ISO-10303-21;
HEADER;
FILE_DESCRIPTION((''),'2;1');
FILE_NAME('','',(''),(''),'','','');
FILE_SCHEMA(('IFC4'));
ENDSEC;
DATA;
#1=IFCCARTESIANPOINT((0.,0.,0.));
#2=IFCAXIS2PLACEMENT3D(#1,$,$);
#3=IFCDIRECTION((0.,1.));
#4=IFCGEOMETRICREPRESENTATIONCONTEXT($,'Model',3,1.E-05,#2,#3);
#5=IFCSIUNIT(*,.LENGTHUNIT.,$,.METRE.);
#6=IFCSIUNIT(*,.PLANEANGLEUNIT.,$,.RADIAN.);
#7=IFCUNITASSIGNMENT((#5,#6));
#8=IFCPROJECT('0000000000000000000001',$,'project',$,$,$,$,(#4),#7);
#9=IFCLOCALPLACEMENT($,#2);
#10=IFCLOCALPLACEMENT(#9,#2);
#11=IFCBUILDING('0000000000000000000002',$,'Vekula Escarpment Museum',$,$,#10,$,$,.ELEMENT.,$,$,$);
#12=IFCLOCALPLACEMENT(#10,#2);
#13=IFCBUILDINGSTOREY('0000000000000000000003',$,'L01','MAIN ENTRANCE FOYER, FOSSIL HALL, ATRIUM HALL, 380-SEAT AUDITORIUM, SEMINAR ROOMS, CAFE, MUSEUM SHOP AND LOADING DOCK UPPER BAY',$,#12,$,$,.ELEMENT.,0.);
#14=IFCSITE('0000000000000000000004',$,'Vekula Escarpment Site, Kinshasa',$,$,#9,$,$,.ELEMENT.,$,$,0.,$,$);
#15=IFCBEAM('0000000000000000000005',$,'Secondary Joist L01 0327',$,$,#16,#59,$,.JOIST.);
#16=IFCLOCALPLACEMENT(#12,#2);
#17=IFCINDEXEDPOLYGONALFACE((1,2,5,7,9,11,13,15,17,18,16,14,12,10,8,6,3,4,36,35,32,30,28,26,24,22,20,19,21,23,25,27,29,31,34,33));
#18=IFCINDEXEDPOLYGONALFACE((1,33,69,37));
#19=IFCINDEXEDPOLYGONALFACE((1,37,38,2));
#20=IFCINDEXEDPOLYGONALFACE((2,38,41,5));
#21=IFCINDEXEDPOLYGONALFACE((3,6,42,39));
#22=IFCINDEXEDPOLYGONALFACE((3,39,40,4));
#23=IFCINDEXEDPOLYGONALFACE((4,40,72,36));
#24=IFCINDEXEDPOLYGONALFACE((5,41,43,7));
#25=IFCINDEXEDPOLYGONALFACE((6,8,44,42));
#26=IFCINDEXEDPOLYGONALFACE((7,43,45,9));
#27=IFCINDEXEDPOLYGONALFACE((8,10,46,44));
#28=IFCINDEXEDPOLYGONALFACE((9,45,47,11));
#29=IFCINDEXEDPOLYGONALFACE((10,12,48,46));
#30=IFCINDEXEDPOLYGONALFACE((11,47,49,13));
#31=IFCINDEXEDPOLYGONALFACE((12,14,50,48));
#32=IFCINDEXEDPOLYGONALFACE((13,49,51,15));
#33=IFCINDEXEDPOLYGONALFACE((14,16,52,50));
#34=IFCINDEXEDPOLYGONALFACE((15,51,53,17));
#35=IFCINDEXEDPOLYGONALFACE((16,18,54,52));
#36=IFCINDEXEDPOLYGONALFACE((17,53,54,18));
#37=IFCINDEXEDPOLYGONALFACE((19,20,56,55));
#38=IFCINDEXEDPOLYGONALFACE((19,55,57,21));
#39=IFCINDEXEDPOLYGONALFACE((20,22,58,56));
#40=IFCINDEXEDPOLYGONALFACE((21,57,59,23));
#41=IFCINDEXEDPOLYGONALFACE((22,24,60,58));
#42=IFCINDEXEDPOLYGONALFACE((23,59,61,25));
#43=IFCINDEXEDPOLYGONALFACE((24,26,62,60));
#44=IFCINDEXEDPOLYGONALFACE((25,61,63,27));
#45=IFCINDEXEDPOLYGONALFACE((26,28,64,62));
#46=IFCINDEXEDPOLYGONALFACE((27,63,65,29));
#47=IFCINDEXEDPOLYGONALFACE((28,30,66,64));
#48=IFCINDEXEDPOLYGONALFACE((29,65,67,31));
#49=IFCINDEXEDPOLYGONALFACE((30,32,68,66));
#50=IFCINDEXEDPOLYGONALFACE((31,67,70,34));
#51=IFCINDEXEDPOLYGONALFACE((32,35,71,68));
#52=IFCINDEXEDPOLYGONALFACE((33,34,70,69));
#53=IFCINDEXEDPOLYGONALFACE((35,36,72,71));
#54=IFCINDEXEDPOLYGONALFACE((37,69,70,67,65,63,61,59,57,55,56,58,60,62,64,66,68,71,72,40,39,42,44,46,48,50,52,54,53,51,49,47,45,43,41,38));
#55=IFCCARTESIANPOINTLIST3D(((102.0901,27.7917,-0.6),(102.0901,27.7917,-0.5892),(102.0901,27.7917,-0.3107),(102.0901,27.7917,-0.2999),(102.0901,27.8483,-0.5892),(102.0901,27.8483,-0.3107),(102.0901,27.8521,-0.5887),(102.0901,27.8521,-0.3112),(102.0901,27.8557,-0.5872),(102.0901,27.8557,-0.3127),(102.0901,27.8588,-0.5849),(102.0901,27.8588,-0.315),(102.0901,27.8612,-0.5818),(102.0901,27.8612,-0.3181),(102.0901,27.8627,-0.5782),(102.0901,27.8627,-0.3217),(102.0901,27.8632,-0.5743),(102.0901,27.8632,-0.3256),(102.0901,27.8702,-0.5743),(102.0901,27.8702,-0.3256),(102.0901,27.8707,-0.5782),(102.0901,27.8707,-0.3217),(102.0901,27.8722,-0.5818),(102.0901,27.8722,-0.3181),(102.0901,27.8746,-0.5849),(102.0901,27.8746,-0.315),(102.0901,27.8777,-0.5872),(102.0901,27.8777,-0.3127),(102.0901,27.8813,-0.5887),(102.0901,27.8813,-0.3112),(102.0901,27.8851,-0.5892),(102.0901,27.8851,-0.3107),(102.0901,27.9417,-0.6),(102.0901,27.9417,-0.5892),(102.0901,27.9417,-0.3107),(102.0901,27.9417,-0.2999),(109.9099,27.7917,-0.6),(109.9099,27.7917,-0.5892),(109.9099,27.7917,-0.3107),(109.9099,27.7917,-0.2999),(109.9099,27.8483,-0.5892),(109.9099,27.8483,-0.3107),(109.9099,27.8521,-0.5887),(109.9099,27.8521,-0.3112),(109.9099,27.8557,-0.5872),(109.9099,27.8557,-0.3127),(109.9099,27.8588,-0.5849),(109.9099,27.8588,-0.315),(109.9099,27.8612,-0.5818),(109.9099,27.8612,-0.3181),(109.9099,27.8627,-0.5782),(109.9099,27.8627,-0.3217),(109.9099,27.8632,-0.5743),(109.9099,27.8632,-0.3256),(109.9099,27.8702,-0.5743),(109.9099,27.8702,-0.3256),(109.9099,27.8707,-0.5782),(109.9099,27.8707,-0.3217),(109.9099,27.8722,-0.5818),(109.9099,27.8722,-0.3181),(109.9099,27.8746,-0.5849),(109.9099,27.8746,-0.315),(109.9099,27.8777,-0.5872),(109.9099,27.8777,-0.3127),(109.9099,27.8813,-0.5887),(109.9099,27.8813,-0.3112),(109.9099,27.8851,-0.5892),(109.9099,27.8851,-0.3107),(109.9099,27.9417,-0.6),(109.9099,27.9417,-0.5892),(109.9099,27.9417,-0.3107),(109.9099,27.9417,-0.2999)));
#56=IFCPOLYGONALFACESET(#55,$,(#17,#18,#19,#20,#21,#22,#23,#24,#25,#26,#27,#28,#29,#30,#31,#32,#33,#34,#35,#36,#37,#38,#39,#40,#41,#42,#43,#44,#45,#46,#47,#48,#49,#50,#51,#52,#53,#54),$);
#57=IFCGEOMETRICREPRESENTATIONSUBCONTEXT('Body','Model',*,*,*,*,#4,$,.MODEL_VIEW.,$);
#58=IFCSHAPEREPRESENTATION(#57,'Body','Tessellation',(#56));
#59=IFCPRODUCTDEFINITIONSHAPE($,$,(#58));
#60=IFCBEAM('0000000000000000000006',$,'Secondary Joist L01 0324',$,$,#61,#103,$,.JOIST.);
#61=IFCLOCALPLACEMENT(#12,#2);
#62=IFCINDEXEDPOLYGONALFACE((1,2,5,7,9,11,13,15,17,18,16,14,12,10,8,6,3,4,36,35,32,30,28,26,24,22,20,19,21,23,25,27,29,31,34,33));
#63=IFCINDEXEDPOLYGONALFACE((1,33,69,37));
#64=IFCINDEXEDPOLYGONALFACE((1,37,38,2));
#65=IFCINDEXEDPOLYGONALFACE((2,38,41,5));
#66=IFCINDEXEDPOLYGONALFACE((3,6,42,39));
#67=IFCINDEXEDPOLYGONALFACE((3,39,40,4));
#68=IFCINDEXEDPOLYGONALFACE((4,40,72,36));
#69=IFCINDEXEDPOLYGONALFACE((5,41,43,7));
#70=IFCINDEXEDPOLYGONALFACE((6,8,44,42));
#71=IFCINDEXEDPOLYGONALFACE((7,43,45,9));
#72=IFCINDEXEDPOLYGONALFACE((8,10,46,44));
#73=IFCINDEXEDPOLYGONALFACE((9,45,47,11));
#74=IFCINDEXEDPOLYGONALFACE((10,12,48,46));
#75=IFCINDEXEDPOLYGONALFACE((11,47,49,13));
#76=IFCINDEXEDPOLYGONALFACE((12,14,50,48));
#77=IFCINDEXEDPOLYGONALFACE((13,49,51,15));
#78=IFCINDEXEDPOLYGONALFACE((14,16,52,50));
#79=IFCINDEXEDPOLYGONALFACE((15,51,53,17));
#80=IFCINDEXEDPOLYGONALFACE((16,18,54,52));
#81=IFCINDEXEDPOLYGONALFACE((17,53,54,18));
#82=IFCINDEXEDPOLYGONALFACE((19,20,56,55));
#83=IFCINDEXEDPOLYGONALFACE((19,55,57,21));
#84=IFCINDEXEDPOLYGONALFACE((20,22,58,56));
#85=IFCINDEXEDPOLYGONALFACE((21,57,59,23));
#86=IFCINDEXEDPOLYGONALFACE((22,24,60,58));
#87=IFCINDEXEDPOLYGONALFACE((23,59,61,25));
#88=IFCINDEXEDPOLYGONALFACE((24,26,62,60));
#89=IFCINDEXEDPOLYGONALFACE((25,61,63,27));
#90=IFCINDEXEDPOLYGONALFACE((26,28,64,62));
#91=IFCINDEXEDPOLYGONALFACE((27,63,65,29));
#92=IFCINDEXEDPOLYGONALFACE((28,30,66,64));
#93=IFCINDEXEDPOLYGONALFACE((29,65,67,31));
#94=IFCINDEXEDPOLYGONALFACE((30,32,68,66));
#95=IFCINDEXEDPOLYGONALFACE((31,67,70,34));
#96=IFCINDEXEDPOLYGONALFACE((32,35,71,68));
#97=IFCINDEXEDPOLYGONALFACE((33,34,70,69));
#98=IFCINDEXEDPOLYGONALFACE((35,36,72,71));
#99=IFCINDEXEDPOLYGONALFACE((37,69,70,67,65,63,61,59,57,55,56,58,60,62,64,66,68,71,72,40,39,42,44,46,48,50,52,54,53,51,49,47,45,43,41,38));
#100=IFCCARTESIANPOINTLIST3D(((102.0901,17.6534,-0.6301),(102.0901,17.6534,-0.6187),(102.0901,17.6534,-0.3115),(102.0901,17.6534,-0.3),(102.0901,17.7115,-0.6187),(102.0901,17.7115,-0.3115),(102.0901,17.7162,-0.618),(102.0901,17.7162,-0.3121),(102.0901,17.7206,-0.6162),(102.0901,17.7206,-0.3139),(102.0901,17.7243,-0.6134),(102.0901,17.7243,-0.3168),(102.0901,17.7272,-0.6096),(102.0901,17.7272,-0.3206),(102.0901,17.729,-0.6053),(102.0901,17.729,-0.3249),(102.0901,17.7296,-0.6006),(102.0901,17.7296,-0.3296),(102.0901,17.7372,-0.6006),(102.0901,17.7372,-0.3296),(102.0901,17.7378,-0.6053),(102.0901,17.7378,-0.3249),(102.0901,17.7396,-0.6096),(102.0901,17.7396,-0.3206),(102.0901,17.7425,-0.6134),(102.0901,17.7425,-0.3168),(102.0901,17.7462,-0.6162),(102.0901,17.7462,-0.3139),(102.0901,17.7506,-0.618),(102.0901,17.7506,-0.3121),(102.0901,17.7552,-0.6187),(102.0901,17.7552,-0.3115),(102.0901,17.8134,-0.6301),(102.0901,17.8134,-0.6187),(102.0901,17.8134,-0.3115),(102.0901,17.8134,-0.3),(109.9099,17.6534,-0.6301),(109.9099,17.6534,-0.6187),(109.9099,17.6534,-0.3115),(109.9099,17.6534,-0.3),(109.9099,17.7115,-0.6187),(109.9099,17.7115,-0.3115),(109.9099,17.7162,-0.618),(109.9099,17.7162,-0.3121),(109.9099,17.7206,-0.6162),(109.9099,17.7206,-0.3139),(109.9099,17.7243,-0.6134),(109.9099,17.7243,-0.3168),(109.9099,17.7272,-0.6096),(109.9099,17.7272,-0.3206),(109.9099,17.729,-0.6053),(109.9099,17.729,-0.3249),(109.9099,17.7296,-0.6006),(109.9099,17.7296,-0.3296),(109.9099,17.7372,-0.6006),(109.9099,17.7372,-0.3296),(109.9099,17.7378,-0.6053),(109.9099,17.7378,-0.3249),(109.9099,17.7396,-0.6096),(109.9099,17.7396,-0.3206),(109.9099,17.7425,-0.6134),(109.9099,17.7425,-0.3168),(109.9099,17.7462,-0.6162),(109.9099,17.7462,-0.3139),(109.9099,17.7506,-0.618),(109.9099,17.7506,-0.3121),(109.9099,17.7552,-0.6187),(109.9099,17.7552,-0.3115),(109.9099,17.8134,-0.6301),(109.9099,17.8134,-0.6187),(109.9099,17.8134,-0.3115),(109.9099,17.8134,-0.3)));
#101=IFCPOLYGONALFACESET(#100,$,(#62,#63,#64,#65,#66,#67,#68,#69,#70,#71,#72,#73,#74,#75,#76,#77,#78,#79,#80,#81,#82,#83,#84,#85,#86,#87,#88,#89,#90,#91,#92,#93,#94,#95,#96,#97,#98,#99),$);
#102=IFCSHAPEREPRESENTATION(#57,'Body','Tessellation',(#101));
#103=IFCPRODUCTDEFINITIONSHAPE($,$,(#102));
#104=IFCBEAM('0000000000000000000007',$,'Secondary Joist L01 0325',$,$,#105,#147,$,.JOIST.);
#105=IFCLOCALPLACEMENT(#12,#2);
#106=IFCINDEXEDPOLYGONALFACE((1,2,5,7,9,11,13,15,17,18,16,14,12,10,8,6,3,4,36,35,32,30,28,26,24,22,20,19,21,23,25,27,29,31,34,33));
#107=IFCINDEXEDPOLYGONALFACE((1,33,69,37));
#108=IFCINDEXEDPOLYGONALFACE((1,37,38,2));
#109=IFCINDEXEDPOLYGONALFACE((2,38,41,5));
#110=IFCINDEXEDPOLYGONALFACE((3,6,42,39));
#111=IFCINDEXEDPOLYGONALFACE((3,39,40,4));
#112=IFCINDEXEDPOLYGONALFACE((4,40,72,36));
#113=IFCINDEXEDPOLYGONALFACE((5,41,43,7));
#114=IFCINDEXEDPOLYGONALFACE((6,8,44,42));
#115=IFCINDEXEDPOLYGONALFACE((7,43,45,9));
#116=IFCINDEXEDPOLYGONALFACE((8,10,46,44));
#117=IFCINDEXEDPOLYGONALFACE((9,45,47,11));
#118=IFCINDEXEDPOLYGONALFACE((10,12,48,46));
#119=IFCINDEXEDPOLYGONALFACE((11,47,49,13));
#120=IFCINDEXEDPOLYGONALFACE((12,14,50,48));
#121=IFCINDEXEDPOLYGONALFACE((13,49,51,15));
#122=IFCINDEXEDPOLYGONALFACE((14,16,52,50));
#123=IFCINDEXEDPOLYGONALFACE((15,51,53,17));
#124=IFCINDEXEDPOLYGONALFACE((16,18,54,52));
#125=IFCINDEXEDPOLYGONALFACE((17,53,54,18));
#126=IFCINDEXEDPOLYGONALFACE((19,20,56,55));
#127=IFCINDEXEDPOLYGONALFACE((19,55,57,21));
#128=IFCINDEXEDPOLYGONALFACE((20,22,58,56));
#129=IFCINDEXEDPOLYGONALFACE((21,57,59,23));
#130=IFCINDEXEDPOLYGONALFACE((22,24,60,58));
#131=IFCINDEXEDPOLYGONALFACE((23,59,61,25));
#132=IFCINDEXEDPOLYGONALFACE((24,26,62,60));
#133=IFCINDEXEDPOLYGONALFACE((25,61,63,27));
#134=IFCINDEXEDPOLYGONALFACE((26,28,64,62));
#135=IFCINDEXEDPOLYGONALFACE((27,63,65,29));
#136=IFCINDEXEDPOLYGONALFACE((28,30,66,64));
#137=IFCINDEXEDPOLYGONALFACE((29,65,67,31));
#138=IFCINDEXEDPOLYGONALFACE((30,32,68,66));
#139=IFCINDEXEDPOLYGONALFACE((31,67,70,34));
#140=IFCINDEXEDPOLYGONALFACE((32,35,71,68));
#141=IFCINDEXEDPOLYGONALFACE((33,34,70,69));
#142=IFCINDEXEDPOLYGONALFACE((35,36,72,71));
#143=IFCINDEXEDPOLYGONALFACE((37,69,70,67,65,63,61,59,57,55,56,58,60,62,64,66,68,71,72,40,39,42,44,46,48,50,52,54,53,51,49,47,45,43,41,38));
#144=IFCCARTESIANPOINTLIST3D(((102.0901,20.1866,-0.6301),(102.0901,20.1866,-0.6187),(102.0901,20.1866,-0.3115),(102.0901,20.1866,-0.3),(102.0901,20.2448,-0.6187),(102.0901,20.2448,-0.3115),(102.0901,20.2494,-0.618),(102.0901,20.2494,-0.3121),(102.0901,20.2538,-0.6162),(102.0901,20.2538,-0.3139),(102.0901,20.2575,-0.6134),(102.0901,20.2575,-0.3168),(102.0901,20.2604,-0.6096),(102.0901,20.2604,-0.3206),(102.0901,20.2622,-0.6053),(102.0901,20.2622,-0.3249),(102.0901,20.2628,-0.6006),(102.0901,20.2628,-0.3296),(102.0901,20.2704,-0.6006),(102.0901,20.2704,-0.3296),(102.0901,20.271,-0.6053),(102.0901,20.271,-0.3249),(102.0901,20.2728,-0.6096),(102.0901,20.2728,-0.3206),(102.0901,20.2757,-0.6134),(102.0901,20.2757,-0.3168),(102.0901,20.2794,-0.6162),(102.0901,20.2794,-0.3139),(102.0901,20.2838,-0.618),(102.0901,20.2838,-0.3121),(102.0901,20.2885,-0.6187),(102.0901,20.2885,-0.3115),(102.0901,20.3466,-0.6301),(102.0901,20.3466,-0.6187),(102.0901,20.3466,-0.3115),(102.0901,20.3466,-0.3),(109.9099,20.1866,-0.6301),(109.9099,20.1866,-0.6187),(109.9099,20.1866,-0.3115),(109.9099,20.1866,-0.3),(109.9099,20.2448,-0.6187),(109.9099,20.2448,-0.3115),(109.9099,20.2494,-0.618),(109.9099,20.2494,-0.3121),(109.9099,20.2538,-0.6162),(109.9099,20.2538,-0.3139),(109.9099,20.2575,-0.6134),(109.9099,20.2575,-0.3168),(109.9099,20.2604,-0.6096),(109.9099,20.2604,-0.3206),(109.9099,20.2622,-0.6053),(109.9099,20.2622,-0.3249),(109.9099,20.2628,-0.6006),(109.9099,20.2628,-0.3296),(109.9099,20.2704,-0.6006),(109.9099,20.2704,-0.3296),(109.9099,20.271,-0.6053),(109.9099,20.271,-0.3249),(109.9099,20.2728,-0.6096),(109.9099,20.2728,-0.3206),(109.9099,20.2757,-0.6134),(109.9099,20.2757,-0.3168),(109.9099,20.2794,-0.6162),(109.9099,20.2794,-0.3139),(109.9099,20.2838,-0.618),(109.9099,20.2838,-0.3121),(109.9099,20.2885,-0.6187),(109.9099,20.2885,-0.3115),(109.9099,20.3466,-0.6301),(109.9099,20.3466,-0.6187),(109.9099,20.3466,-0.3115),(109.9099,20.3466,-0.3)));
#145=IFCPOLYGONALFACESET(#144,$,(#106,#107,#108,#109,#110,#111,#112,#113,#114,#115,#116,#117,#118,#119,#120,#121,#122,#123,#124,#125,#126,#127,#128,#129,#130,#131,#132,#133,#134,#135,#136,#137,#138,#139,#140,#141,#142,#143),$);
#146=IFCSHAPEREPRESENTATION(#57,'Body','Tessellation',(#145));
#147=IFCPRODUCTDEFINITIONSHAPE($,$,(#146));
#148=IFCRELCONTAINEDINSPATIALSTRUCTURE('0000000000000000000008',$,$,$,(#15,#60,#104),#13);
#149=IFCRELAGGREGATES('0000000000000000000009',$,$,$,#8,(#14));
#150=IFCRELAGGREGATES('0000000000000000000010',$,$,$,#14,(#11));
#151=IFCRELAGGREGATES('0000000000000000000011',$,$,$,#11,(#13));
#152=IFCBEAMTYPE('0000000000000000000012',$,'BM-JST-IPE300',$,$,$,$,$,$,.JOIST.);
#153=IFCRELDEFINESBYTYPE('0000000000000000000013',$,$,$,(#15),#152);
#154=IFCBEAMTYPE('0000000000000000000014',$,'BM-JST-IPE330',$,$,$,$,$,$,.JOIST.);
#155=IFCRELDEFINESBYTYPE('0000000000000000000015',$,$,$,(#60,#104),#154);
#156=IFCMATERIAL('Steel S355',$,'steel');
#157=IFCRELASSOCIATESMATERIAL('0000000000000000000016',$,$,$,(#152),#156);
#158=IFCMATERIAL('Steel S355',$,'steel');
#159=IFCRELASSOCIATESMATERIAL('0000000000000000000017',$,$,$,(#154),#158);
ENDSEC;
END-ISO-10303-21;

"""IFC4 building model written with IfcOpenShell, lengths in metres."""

from ifc_helpers import new_model, si_unit, direction, frame, origin, origin_2d, place, context, subcontext, project, spatial, i_section, extrude, material, material_profile, profile_set, type_object, element, save


model = new_model("IFC4")

# Units and contexts
model_context = context("Model", 3, precision=1e-05, world=origin(), true_north=direction((0.0, 1.0)))
body_context = subcontext(model_context, "Body", "Model", "MODEL_VIEW")
ifc_project = project(units=[si_unit("LENGTHUNIT", "METRE"), si_unit("PLANEANGLEUNIT", "RADIAN")], contexts=[model_context])

# Site, building, storey
site_placement = place(None, origin())
site = spatial("IfcSite", under=ifc_project, at=site_placement, Name="Vekula Escarpment Site, Kinshasa", CompositionType="ELEMENT", RefElevation=0.0)
building_placement = place(site_placement, origin())
building = spatial("IfcBuilding", under=site, at=building_placement, Name="Vekula Escarpment Museum", CompositionType="ELEMENT")
storey_placement = place(building_placement, origin())
storey = spatial("IfcBuildingStorey", under=building, at=storey_placement, Name="L01", Description="MAIN ENTRANCE FOYER, FOSSIL HALL, ATRIUM HALL, 380-SEAT AUDITORIUM, SEMINAR ROOMS, CAFE, MUSEUM SHOP AND LOADING DOCK UPPER BAY", CompositionType="ELEMENT", Elevation=0.0)

# Beams
ifc_material_1 = material(Name="Steel S355", Category="steel")
ifc_material_profile_1 = material_profile(ifc_material_1, i_section(OverallWidth=0.1499, OverallDepth=0.3, WebThickness=0.0071, FlangeThickness=0.0107, FilletRadius=0.0149, at=origin_2d()), Name="IPE 300")
ifc_profile_set_1 = profile_set([ifc_material_profile_1], Name="Steel S355")
beam_type_1 = type_object("IfcBeamType", Name="BM-JST-IPE300", PredefinedType="JOIST", material=ifc_profile_set_1)
for number, where, z_axis, x_axis, name in (
    (1, (102.0901, 27.8667, -0.45), (1.0, 0.0, 0.0), (0.0, 1.0, 0.0), "Secondary Joist L01 0327"),
):
    element("IfcBeam", number, at=place(storey_placement, frame(where, z_axis=z_axis, x_axis=x_axis)), inside=storey, type_object=beam_type_1, Name=name, PredefinedType="JOIST", context=body_context, shape_type="SweptSolid", body=[
        extrude(i_section(OverallWidth=0.1499, OverallDepth=0.3, WebThickness=0.0071, FlangeThickness=0.0107, FilletRadius=0.0149, at=origin_2d()), origin(), (0.0, 0.0, 1.0), 7.8198),
    ])
ifc_material_2 = material(Name="Steel S355", Category="steel")
ifc_material_profile_2 = material_profile(ifc_material_2, i_section(OverallWidth=0.1599, OverallDepth=0.3301, WebThickness=0.0076, FlangeThickness=0.0115, FilletRadius=0.0181, at=origin_2d()), Name="IPE 330")
ifc_profile_set_2 = profile_set([ifc_material_profile_2], Name="Steel S355")
beam_type_2 = type_object("IfcBeamType", Name="BM-JST-IPE330", PredefinedType="JOIST", material=ifc_profile_set_2)
for number, where, z_axis, x_axis, name in (
    (2, (102.0901, 17.7334, -0.4651), (1.0, 0.0, 0.0), (0.0, 1.0, 0.0), "Secondary Joist L01 0324"),
    (3, (102.0901, 20.2666, -0.4651), (1.0, 0.0, 0.0), (0.0, 1.0, 0.0), "Secondary Joist L01 0325"),
):
    element("IfcBeam", number, at=place(storey_placement, frame(where, z_axis=z_axis, x_axis=x_axis)), inside=storey, type_object=beam_type_2, Name=name, PredefinedType="JOIST", context=body_context, shape_type="SweptSolid", body=[
        extrude(i_section(OverallWidth=0.1599, OverallDepth=0.3301, WebThickness=0.0076, FlangeThickness=0.0115, FilletRadius=0.0181, at=origin_2d()), origin(), (0.0, 0.0, 1.0), 7.8198),
    ])

save(model, "model.ifc")
